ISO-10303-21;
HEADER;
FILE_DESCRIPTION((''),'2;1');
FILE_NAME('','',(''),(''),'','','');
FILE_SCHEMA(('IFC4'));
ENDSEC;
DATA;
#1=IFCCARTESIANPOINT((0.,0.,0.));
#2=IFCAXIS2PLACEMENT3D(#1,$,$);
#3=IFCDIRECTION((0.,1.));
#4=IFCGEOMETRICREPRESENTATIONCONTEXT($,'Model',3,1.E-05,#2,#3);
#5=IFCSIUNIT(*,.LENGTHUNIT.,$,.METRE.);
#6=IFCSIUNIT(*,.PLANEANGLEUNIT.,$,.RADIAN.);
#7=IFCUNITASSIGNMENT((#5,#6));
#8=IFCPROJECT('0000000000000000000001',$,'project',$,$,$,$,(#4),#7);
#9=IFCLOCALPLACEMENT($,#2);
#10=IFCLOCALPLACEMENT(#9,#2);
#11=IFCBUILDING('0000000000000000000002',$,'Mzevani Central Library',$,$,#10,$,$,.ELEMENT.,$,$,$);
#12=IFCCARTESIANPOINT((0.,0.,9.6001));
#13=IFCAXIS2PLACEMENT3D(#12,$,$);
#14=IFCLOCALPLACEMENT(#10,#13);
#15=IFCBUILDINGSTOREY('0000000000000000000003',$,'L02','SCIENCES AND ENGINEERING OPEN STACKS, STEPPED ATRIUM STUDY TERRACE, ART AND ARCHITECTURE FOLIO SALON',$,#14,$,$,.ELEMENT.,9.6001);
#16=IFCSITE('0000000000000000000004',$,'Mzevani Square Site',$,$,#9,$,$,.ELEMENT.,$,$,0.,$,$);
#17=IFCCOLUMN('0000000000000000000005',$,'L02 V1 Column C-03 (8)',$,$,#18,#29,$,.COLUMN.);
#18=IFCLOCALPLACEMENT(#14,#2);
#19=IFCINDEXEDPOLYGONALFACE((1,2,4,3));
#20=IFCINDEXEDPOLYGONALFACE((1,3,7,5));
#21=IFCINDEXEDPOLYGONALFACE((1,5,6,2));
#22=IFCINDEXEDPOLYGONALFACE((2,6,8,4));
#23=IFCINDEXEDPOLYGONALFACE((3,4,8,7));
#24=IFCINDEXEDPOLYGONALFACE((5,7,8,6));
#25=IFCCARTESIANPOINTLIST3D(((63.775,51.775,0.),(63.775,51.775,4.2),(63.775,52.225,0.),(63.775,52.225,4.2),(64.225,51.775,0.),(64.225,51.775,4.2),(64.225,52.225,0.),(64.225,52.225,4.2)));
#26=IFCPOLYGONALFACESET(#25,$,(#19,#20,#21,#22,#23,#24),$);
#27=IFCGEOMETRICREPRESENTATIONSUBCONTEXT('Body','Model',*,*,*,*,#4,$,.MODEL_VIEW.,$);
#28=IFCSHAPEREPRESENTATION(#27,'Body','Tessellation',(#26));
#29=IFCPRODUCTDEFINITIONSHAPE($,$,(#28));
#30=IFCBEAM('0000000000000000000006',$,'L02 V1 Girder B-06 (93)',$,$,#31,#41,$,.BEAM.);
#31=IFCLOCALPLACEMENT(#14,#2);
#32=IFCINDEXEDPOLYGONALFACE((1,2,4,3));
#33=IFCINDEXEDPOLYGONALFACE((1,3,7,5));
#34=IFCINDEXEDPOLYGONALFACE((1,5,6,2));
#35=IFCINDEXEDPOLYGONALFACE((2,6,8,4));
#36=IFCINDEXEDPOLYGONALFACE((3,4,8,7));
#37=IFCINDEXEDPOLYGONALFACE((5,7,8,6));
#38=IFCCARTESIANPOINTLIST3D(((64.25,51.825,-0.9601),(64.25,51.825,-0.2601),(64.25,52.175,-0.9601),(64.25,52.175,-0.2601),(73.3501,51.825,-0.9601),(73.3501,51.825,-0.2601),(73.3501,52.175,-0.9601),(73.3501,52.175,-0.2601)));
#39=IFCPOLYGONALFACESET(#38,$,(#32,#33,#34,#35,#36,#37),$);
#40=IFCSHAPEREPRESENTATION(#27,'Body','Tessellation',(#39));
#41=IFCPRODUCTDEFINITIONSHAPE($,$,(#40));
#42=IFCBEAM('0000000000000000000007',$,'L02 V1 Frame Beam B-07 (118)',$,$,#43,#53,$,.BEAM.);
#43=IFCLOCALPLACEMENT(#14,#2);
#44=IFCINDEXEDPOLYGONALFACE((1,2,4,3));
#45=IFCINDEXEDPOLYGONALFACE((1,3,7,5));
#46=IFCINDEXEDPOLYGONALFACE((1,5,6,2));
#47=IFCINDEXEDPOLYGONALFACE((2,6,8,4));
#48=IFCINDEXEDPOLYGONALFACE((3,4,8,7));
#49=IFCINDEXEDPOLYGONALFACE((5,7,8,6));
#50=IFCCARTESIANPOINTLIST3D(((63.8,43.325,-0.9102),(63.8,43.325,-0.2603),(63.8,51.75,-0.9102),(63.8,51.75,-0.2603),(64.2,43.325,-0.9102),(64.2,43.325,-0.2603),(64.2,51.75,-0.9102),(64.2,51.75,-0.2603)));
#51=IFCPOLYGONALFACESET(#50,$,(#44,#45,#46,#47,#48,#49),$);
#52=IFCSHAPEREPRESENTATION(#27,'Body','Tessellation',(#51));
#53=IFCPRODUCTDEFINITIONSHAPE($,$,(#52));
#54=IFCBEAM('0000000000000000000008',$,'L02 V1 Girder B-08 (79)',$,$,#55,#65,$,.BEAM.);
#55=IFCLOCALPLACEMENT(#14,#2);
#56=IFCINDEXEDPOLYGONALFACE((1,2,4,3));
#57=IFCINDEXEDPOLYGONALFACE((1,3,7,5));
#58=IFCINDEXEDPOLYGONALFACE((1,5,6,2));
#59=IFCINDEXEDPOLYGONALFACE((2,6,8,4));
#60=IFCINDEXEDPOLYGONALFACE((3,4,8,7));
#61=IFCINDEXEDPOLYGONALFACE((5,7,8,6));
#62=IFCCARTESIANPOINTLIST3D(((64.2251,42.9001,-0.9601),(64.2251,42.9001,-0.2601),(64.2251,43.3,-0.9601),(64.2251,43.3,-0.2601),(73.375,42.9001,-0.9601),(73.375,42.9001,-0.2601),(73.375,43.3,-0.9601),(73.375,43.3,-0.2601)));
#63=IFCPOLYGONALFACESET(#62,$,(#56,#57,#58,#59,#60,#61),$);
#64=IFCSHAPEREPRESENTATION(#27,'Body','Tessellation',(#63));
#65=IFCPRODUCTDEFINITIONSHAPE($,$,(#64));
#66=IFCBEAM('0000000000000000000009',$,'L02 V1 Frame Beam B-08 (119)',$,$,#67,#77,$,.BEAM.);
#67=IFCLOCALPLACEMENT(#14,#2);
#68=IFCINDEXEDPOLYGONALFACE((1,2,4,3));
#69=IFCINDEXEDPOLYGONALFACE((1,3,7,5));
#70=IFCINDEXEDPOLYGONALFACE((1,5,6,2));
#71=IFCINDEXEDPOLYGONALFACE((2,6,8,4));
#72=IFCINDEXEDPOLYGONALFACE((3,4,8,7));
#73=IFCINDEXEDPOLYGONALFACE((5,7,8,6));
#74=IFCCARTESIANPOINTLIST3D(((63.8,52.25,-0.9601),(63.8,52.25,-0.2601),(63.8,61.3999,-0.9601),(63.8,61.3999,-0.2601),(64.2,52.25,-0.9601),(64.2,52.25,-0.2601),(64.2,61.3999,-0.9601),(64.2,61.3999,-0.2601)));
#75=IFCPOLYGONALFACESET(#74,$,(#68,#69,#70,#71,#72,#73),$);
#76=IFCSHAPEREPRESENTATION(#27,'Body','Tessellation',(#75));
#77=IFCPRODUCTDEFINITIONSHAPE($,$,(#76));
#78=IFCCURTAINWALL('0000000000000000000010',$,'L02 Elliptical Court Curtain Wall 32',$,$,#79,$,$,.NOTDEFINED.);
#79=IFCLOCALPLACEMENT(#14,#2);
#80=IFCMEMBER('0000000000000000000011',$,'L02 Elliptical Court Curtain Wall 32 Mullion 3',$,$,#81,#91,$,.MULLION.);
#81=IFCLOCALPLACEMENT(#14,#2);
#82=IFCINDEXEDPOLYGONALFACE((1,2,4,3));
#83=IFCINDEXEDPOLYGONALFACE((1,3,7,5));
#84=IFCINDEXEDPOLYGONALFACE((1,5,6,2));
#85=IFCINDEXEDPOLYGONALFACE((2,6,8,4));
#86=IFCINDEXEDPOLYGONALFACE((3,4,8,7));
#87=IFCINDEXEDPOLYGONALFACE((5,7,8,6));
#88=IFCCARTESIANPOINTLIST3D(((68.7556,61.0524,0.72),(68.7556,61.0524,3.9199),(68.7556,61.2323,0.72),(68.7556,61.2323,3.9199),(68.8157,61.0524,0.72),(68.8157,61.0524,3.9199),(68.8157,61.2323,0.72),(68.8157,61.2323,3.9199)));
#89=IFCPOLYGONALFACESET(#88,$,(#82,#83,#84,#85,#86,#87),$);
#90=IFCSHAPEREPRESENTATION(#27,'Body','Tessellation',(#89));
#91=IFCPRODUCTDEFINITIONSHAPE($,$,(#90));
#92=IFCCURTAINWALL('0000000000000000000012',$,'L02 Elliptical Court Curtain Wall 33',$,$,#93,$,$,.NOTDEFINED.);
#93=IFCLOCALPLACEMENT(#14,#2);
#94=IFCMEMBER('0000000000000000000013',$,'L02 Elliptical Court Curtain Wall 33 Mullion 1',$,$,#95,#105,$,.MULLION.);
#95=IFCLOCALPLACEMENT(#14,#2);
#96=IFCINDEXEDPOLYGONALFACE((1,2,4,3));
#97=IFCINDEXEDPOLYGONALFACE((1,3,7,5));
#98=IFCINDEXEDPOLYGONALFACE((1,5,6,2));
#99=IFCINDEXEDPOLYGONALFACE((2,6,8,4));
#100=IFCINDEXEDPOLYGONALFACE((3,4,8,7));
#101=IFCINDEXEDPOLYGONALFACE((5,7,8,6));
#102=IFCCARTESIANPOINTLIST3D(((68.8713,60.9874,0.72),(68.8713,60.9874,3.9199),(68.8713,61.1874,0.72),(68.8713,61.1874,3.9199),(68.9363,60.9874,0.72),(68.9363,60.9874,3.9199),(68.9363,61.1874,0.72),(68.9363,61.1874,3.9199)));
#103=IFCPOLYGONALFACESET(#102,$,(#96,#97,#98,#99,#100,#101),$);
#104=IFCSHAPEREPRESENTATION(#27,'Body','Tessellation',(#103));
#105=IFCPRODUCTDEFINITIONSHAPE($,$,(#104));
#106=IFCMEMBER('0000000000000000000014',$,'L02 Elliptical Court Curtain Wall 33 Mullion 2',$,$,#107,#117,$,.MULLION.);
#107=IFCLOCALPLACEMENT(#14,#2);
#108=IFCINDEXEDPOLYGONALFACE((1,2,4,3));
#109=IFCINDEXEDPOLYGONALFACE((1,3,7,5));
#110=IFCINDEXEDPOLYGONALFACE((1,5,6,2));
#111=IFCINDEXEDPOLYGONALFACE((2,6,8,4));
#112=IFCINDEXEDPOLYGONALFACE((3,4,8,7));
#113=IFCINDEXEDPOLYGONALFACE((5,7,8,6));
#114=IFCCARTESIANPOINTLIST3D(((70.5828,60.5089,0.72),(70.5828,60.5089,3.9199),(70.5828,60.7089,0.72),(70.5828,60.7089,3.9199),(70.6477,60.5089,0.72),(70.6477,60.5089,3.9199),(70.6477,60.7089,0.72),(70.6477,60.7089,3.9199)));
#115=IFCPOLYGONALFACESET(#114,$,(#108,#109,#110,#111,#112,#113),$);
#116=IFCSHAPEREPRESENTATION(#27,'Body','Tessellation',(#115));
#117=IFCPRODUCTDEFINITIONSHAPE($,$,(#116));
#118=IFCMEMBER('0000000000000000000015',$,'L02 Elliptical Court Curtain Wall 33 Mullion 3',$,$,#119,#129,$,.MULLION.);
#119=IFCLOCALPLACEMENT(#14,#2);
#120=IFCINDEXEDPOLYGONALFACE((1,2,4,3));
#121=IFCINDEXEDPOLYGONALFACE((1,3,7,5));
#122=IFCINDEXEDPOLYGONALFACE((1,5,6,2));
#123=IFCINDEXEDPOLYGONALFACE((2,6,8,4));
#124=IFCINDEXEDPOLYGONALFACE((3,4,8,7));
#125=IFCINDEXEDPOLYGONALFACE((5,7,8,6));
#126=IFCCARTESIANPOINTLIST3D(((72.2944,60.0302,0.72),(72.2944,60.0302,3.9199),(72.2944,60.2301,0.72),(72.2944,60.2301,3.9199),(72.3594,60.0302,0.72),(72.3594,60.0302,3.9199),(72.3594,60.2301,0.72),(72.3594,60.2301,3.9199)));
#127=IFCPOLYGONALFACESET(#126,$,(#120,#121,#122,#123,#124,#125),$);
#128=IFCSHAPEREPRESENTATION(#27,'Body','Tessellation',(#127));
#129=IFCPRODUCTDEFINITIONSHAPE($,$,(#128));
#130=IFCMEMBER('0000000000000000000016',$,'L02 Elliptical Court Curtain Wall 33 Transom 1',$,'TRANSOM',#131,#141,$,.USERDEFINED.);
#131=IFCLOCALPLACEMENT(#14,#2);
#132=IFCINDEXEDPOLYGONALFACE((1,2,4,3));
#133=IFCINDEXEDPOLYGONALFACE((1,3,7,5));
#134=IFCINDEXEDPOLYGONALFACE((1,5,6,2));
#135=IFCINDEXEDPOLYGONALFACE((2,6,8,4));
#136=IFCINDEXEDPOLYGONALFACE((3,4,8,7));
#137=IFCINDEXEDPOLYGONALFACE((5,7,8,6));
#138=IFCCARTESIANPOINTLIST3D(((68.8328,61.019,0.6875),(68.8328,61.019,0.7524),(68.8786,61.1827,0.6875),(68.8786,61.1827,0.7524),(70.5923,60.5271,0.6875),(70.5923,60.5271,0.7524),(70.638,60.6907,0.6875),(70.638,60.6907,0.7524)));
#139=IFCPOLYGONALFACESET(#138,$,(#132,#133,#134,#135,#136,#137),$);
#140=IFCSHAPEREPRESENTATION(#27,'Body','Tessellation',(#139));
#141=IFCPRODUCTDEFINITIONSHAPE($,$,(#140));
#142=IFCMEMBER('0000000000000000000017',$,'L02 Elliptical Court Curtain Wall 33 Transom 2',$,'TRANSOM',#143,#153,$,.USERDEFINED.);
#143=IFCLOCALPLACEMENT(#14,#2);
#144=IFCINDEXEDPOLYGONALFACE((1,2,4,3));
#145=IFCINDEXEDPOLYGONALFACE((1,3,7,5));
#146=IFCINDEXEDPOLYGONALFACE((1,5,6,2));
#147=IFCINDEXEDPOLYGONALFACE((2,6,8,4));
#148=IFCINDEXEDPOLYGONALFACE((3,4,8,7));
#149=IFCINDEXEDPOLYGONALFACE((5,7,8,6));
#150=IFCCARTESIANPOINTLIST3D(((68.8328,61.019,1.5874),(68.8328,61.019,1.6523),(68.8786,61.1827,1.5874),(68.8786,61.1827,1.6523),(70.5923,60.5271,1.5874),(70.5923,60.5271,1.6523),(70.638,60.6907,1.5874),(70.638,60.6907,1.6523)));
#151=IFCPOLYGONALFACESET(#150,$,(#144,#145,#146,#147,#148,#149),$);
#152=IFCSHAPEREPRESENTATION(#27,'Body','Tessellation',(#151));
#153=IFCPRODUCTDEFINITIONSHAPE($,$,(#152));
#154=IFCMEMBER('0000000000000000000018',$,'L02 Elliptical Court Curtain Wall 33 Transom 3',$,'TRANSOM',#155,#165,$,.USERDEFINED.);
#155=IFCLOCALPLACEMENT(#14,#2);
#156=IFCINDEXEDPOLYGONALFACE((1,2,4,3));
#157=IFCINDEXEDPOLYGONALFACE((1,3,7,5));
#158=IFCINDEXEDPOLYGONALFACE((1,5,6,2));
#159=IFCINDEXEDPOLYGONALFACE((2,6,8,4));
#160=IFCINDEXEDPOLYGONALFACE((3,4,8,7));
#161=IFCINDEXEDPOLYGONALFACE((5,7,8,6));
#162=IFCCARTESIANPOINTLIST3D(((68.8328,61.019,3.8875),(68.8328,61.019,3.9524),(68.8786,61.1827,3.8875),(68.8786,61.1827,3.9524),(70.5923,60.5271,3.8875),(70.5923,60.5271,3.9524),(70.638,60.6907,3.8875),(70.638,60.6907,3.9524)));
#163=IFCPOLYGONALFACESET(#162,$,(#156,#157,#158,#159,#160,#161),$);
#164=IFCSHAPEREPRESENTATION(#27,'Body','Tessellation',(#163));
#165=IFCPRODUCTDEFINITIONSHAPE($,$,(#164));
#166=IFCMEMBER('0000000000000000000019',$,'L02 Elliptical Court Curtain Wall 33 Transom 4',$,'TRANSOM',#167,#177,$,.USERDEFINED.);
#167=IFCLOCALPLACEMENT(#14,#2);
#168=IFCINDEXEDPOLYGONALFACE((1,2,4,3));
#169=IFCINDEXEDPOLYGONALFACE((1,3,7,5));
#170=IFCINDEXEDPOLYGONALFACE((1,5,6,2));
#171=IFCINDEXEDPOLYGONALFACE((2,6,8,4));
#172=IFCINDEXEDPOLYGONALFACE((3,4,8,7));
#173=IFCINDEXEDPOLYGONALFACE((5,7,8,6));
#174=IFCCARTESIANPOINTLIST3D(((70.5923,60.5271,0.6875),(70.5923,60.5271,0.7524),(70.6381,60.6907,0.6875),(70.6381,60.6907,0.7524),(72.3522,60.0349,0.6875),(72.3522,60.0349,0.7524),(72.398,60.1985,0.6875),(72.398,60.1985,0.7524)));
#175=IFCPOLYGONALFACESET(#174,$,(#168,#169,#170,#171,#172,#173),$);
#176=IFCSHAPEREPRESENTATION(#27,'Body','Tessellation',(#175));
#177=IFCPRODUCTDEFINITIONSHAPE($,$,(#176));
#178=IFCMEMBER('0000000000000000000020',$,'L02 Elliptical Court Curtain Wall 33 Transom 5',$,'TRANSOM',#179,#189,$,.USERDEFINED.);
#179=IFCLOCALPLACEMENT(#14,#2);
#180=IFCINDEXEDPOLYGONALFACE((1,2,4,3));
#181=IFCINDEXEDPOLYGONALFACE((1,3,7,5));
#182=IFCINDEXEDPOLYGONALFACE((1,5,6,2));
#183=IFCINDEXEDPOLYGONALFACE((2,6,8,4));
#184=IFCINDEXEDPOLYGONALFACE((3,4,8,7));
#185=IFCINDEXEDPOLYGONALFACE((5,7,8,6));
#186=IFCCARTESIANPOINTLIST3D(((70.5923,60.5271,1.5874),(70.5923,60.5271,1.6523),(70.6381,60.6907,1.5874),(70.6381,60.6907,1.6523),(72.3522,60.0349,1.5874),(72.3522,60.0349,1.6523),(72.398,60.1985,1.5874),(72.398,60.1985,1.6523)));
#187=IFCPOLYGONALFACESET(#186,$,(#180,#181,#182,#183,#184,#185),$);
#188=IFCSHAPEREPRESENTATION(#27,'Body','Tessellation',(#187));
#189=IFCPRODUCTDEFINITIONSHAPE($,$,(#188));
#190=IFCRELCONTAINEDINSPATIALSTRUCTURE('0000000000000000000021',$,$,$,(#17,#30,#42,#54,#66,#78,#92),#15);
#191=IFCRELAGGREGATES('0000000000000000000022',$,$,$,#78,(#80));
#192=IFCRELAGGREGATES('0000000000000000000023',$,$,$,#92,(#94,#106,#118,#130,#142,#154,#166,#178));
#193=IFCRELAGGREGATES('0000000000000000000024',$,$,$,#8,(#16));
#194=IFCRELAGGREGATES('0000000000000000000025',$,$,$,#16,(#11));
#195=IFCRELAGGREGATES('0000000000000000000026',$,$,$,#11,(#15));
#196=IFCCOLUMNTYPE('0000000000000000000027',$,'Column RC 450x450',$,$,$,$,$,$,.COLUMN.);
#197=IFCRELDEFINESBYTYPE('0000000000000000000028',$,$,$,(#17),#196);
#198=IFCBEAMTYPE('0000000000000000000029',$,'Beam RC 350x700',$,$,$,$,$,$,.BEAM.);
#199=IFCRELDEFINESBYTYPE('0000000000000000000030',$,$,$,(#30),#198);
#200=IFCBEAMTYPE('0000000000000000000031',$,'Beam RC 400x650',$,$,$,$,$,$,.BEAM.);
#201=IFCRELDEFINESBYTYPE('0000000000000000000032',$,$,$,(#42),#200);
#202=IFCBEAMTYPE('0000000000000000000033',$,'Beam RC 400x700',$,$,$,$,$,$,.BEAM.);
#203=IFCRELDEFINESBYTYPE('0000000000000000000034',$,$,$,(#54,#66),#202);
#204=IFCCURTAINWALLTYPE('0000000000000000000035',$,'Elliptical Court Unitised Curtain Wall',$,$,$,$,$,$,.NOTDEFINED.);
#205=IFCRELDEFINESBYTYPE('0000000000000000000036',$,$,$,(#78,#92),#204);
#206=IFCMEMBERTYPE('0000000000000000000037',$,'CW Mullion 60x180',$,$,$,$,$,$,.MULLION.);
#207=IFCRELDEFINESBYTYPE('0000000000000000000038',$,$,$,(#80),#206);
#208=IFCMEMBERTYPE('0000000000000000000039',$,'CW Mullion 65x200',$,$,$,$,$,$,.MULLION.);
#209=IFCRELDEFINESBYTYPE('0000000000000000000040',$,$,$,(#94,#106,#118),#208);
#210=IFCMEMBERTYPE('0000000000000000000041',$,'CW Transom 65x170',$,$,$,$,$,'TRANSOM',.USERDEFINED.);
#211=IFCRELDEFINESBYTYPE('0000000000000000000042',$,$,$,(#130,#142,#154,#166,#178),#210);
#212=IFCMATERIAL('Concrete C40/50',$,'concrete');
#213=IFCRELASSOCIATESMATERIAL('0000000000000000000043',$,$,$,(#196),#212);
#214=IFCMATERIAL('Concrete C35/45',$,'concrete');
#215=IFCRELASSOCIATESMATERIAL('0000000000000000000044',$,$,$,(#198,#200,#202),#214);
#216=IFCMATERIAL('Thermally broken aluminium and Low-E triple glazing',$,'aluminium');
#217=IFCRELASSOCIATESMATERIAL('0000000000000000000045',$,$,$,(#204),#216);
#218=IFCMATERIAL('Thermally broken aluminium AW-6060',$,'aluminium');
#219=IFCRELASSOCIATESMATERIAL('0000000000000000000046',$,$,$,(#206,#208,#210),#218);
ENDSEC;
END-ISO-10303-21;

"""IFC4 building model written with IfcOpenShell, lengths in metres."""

from ifc_helpers import new_model, si_unit, direction, frame, origin, origin_2d, place, context, subcontext, project, spatial, rectangle, extrude, material, material_profile, profile_set, type_object, element, aggregate, save


model = new_model("IFC4")

# Units and contexts
model_context = context("Model", 3, precision=1e-05, world=origin(), true_north=direction((0.0, 1.0)))
body_context = subcontext(model_context, "Body", "Model", "MODEL_VIEW")
ifc_project = project(units=[si_unit("LENGTHUNIT", "METRE"), si_unit("PLANEANGLEUNIT", "RADIAN")], contexts=[model_context])

# Site, building, storey
site_placement = place(None, origin())
site = spatial("IfcSite", under=ifc_project, at=site_placement, Name="Mzevani Square Site", CompositionType="ELEMENT", RefElevation=0.0)
building_placement = place(site_placement, origin())
building = spatial("IfcBuilding", under=site, at=building_placement, Name="Mzevani Central Library", CompositionType="ELEMENT")
storey_placement = place(building_placement, frame((0.0, 0.0, 9.6001)))
storey = spatial("IfcBuildingStorey", under=building, at=storey_placement, Name="L02", Description="SCIENCES AND ENGINEERING OPEN STACKS, STEPPED ATRIUM STUDY TERRACE, ART AND ARCHITECTURE FOLIO SALON", CompositionType="ELEMENT", Elevation=9.6001)

# Column
ifc_material_1 = material(Name="Concrete C40/50", Category="concrete")
ifc_material_profile_1 = material_profile(ifc_material_1, rectangle(XDim=0.45, YDim=0.45, at=origin_2d()), Name="RC 450x450")
ifc_profile_set_1 = profile_set([ifc_material_profile_1], Name="Concrete C40/50")
column_type = type_object("IfcColumnType", Name="Column RC 450x450", PredefinedType="COLUMN", material=ifc_profile_set_1)
column_placement = place(storey_placement, frame((64.0, 52.0, 0.0), z_axis=(0.0, 0.0, 1.0), x_axis=(1.0, 0.0, 0.0)))
element("IfcColumn", 1, at=column_placement, inside=storey, type_object=column_type, Name="L02 V1 Column C-03 (8)", PredefinedType="COLUMN", context=body_context, shape_type="SweptSolid", body=[
    extrude(rectangle(XDim=0.45, YDim=0.45, at=origin_2d()), origin(), (0.0, 0.0, 1.0), 4.2),
])

# Beams
ifc_material_2 = material(Name="Concrete C35/45", Category="concrete")
ifc_material_profile_2 = material_profile(ifc_material_2, rectangle(XDim=0.3501, YDim=0.7, at=origin_2d()), Name="RC B350x700")
ifc_profile_set_2 = profile_set([ifc_material_profile_2], Name="Concrete C35/45")
beam_type_1 = type_object("IfcBeamType", Name="Beam RC 350x700", PredefinedType="BEAM", material=ifc_profile_set_2)
beam_1_placement = place(storey_placement, frame((64.25, 52.0, -0.6101), z_axis=(1.0, 0.0, 0.0), x_axis=(0.0, 1.0, 0.0)))
element("IfcBeam", 2, at=beam_1_placement, inside=storey, type_object=beam_type_1, Name="L02 V1 Girder B-06 (93)", PredefinedType="BEAM", context=body_context, shape_type="SweptSolid", body=[
    extrude(rectangle(XDim=0.3501, YDim=0.7, at=origin_2d()), origin(), (0.0, 0.0, 1.0), 9.1001),
])
ifc_material_profile_3 = material_profile(ifc_material_2, rectangle(XDim=0.3999, YDim=0.6499, at=origin_2d()), Name="RC B400x650")
ifc_profile_set_3 = profile_set([ifc_material_profile_3], Name="Concrete C35/45")
beam_type_2 = type_object("IfcBeamType", Name="Beam RC 400x650", PredefinedType="BEAM", material=ifc_profile_set_3)
beam_2_placement = place(storey_placement, frame((64.0, 43.325, -0.5852), z_axis=(0.0, 1.0, 0.0), x_axis=(-1.0, 0.0, 0.0)))
element("IfcBeam", 3, at=beam_2_placement, inside=storey, type_object=beam_type_2, Name="L02 V1 Frame Beam B-07 (118)", PredefinedType="BEAM", context=body_context, shape_type="SweptSolid", body=[
    extrude(rectangle(XDim=0.3999, YDim=0.6499, at=origin_2d()), origin(), (0.0, 0.0, 1.0), 8.425),
])
ifc_material_profile_4 = material_profile(ifc_material_2, rectangle(XDim=0.3999, YDim=0.7, at=origin_2d()), Name="RC B400x700")
ifc_profile_set_4 = profile_set([ifc_material_profile_4], Name="Concrete C35/45")
beam_type_3 = type_object("IfcBeamType", Name="Beam RC 400x700", PredefinedType="BEAM", material=ifc_profile_set_4)
for number, where, z_axis, x_axis, name in (
    (4, (64.2251, 43.1001, -0.6101), (1.0, 0.0, 0.0), (0.0, 1.0, 0.0), "L02 V1 Girder B-08 (79)"),
    (5, (64.0, 52.25, -0.6101), (0.0, 1.0, 0.0), (-1.0, 0.0, 0.0), "L02 V1 Frame Beam B-08 (119)"),
):
    element("IfcBeam", number, at=place(storey_placement, frame(where, z_axis=z_axis, x_axis=x_axis)), inside=storey, type_object=beam_type_3, Name=name, PredefinedType="BEAM", context=body_context, shape_type="SweptSolid", body=[
        extrude(rectangle(XDim=0.3999, YDim=0.7, at=origin_2d()), origin(), (0.0, 0.0, 1.0), 9.1499),
    ])

# Curtain wall, member
ifc_material_3 = material(Name="Thermally broken aluminium and Low-E triple glazing", Category="aluminium")
curtain_wall_type = type_object("IfcCurtainWallType", Name="Elliptical Court Unitised Curtain Wall", PredefinedType="NOTDEFINED", material=ifc_material_3)
curtain_wall_1_placement = place(storey_placement, origin())
curtain_wall_1 = element("IfcCurtainWall", 6, at=curtain_wall_1_placement, inside=storey, type_object=curtain_wall_type, Name="L02 Elliptical Court Curtain Wall 32", PredefinedType="NOTDEFINED")
ifc_material_4 = material(Name="Thermally broken aluminium AW-6060", Category="aluminium")
ifc_material_profile_5 = material_profile(ifc_material_4, rectangle(XDim=0.0601, YDim=0.1799, at=origin_2d()), Name="ALU M60x180")
ifc_profile_set_5 = profile_set([ifc_material_profile_5], Name="Thermally broken aluminium AW-6060")
member_type_1 = type_object("IfcMemberType", Name="CW Mullion 60x180", PredefinedType="MULLION", material=ifc_profile_set_5)
member_1_placement = place(storey_placement, frame((68.7856, 61.1423, 0.72), z_axis=(0.0, 0.0, 1.0), x_axis=(1.0, 0.0, 0.0)))
member_1 = element("IfcMember", 7, at=member_1_placement, type_object=member_type_1, Name="L02 Elliptical Court Curtain Wall 32 Mullion 3", PredefinedType="MULLION", context=body_context, shape_type="SweptSolid", body=[
    extrude(rectangle(XDim=0.0601, YDim=0.1799, at=origin_2d()), origin(), (0.0, 0.0, 1.0), 3.2),
])

# Curtain wall, members
curtain_wall_2_placement = place(storey_placement, origin())
curtain_wall_2 = element("IfcCurtainWall", 8, at=curtain_wall_2_placement, inside=storey, type_object=curtain_wall_type, Name="L02 Elliptical Court Curtain Wall 33", PredefinedType="NOTDEFINED")
ifc_material_profile_6 = material_profile(ifc_material_4, rectangle(XDim=0.0649, YDim=0.2, at=origin_2d()), Name="ALU M65x200")
ifc_profile_set_6 = profile_set([ifc_material_profile_6], Name="Thermally broken aluminium AW-6060")
member_type_2 = type_object("IfcMemberType", Name="CW Mullion 65x200", PredefinedType="MULLION", material=ifc_profile_set_6)
member_2_placement = place(storey_placement, frame((68.9038, 61.0874, 0.72), z_axis=(0.0, 0.0, 1.0), x_axis=(1.0, 0.0, 0.0)))
member_2 = element("IfcMember", 9, at=member_2_placement, type_object=member_type_2, Name="L02 Elliptical Court Curtain Wall 33 Mullion 1", PredefinedType="MULLION", context=body_context, shape_type="SweptSolid", body=[
    extrude(rectangle(XDim=0.0649, YDim=0.2, at=origin_2d()), origin(), (0.0, 0.0, 1.0), 3.2),
])
member_3_placement = place(storey_placement, frame((70.6152, 60.6089, 0.72), z_axis=(0.0, 0.0, 1.0), x_axis=(1.0, 0.0, 0.0)))
member_3 = element("IfcMember", 10, at=member_3_placement, type_object=member_type_2, Name="L02 Elliptical Court Curtain Wall 33 Mullion 2", PredefinedType="MULLION", context=body_context, shape_type="SweptSolid", body=[
    extrude(rectangle(XDim=0.0649, YDim=0.2, at=origin_2d()), origin(), (0.0, 0.0, 1.0), 3.2),
])
member_4_placement = place(storey_placement, frame((72.3269, 60.1301, 0.72), z_axis=(0.0, 0.0, 1.0), x_axis=(1.0, 0.0, 0.0)))
member_4 = element("IfcMember", 11, at=member_4_placement, type_object=member_type_2, Name="L02 Elliptical Court Curtain Wall 33 Mullion 3", PredefinedType="MULLION", context=body_context, shape_type="SweptSolid", body=[
    extrude(rectangle(XDim=0.0649, YDim=0.2, at=origin_2d()), origin(), (0.0, 0.0, 1.0), 3.2),
])
ifc_material_profile_7 = material_profile(ifc_material_4, rectangle(XDim=0.1699, YDim=0.0649, at=origin_2d()), Name="ALU T65x170")
ifc_profile_set_7 = profile_set([ifc_material_profile_7], Name="Thermally broken aluminium AW-6060")
member_type_3 = type_object("IfcMemberType", Name="CW Transom 65x170", ElementType="TRANSOM", PredefinedType="USERDEFINED", material=ifc_profile_set_7)
member_5_placement = place(storey_placement, frame((68.8557, 61.1008, 0.72), z_axis=(0.963067, -0.269263, 0.0), x_axis=(0.269263, 0.963067, 0.0)))
member_5 = element("IfcMember", 12, at=member_5_placement, type_object=member_type_3, Name="L02 Elliptical Court Curtain Wall 33 Transom 1", ObjectType="TRANSOM", PredefinedType="USERDEFINED", context=body_context, shape_type="SweptSolid", body=[
    extrude(rectangle(XDim=0.1699, YDim=0.0649, at=origin_2d()), origin(), (0.0, 0.0, 1.0), 1.8269),
])
member_6_placement = place(storey_placement, frame((68.8557, 61.1008, 1.6199), z_axis=(0.963067, -0.269263, 0.0), x_axis=(0.269263, 0.963067, 0.0)))
member_6 = element("IfcMember", 13, at=member_6_placement, type_object=member_type_3, Name="L02 Elliptical Court Curtain Wall 33 Transom 2", ObjectType="TRANSOM", PredefinedType="USERDEFINED", context=body_context, shape_type="SweptSolid", body=[
    extrude(rectangle(XDim=0.1699, YDim=0.0649, at=origin_2d()), origin(), (0.0, 0.0, 1.0), 1.8269),
])
member_7_placement = place(storey_placement, frame((68.8557, 61.1008, 3.9199), z_axis=(0.963067, -0.269263, 0.0), x_axis=(0.269263, 0.963067, 0.0)))
member_7 = element("IfcMember", 14, at=member_7_placement, type_object=member_type_3, Name="L02 Elliptical Court Curtain Wall 33 Transom 3", ObjectType="TRANSOM", PredefinedType="USERDEFINED", context=body_context, shape_type="SweptSolid", body=[
    extrude(rectangle(XDim=0.1699, YDim=0.0649, at=origin_2d()), origin(), (0.0, 0.0, 1.0), 1.8269),
])
member_8_placement = place(storey_placement, frame((70.6152, 60.6089, 0.72), z_axis=(0.963042, -0.269352, 0.0), x_axis=(0.269352, 0.963042, 0.0)))
member_8 = element("IfcMember", 15, at=member_8_placement, type_object=member_type_3, Name="L02 Elliptical Court Curtain Wall 33 Transom 4", ObjectType="TRANSOM", PredefinedType="USERDEFINED", context=body_context, shape_type="SweptSolid", body=[
    extrude(rectangle(XDim=0.1699, YDim=0.0649, at=origin_2d()), origin(), (0.0, 0.0, 1.0), 1.8274),
])
member_9_placement = place(storey_placement, frame((70.6152, 60.6089, 1.6199), z_axis=(0.963042, -0.269352, 0.0), x_axis=(0.269352, 0.963042, 0.0)))
member_9 = element("IfcMember", 16, at=member_9_placement, type_object=member_type_3, Name="L02 Elliptical Court Curtain Wall 33 Transom 5", ObjectType="TRANSOM", PredefinedType="USERDEFINED", context=body_context, shape_type="SweptSolid", body=[
    extrude(rectangle(XDim=0.1699, YDim=0.0649, at=origin_2d()), origin(), (0.0, 0.0, 1.0), 1.8274),
])

aggregate(curtain_wall_1, [member_1])
aggregate(curtain_wall_2, [member_2, member_3, member_4, member_5, member_6, member_7, member_8, member_9])

save(model, "model.ifc")
